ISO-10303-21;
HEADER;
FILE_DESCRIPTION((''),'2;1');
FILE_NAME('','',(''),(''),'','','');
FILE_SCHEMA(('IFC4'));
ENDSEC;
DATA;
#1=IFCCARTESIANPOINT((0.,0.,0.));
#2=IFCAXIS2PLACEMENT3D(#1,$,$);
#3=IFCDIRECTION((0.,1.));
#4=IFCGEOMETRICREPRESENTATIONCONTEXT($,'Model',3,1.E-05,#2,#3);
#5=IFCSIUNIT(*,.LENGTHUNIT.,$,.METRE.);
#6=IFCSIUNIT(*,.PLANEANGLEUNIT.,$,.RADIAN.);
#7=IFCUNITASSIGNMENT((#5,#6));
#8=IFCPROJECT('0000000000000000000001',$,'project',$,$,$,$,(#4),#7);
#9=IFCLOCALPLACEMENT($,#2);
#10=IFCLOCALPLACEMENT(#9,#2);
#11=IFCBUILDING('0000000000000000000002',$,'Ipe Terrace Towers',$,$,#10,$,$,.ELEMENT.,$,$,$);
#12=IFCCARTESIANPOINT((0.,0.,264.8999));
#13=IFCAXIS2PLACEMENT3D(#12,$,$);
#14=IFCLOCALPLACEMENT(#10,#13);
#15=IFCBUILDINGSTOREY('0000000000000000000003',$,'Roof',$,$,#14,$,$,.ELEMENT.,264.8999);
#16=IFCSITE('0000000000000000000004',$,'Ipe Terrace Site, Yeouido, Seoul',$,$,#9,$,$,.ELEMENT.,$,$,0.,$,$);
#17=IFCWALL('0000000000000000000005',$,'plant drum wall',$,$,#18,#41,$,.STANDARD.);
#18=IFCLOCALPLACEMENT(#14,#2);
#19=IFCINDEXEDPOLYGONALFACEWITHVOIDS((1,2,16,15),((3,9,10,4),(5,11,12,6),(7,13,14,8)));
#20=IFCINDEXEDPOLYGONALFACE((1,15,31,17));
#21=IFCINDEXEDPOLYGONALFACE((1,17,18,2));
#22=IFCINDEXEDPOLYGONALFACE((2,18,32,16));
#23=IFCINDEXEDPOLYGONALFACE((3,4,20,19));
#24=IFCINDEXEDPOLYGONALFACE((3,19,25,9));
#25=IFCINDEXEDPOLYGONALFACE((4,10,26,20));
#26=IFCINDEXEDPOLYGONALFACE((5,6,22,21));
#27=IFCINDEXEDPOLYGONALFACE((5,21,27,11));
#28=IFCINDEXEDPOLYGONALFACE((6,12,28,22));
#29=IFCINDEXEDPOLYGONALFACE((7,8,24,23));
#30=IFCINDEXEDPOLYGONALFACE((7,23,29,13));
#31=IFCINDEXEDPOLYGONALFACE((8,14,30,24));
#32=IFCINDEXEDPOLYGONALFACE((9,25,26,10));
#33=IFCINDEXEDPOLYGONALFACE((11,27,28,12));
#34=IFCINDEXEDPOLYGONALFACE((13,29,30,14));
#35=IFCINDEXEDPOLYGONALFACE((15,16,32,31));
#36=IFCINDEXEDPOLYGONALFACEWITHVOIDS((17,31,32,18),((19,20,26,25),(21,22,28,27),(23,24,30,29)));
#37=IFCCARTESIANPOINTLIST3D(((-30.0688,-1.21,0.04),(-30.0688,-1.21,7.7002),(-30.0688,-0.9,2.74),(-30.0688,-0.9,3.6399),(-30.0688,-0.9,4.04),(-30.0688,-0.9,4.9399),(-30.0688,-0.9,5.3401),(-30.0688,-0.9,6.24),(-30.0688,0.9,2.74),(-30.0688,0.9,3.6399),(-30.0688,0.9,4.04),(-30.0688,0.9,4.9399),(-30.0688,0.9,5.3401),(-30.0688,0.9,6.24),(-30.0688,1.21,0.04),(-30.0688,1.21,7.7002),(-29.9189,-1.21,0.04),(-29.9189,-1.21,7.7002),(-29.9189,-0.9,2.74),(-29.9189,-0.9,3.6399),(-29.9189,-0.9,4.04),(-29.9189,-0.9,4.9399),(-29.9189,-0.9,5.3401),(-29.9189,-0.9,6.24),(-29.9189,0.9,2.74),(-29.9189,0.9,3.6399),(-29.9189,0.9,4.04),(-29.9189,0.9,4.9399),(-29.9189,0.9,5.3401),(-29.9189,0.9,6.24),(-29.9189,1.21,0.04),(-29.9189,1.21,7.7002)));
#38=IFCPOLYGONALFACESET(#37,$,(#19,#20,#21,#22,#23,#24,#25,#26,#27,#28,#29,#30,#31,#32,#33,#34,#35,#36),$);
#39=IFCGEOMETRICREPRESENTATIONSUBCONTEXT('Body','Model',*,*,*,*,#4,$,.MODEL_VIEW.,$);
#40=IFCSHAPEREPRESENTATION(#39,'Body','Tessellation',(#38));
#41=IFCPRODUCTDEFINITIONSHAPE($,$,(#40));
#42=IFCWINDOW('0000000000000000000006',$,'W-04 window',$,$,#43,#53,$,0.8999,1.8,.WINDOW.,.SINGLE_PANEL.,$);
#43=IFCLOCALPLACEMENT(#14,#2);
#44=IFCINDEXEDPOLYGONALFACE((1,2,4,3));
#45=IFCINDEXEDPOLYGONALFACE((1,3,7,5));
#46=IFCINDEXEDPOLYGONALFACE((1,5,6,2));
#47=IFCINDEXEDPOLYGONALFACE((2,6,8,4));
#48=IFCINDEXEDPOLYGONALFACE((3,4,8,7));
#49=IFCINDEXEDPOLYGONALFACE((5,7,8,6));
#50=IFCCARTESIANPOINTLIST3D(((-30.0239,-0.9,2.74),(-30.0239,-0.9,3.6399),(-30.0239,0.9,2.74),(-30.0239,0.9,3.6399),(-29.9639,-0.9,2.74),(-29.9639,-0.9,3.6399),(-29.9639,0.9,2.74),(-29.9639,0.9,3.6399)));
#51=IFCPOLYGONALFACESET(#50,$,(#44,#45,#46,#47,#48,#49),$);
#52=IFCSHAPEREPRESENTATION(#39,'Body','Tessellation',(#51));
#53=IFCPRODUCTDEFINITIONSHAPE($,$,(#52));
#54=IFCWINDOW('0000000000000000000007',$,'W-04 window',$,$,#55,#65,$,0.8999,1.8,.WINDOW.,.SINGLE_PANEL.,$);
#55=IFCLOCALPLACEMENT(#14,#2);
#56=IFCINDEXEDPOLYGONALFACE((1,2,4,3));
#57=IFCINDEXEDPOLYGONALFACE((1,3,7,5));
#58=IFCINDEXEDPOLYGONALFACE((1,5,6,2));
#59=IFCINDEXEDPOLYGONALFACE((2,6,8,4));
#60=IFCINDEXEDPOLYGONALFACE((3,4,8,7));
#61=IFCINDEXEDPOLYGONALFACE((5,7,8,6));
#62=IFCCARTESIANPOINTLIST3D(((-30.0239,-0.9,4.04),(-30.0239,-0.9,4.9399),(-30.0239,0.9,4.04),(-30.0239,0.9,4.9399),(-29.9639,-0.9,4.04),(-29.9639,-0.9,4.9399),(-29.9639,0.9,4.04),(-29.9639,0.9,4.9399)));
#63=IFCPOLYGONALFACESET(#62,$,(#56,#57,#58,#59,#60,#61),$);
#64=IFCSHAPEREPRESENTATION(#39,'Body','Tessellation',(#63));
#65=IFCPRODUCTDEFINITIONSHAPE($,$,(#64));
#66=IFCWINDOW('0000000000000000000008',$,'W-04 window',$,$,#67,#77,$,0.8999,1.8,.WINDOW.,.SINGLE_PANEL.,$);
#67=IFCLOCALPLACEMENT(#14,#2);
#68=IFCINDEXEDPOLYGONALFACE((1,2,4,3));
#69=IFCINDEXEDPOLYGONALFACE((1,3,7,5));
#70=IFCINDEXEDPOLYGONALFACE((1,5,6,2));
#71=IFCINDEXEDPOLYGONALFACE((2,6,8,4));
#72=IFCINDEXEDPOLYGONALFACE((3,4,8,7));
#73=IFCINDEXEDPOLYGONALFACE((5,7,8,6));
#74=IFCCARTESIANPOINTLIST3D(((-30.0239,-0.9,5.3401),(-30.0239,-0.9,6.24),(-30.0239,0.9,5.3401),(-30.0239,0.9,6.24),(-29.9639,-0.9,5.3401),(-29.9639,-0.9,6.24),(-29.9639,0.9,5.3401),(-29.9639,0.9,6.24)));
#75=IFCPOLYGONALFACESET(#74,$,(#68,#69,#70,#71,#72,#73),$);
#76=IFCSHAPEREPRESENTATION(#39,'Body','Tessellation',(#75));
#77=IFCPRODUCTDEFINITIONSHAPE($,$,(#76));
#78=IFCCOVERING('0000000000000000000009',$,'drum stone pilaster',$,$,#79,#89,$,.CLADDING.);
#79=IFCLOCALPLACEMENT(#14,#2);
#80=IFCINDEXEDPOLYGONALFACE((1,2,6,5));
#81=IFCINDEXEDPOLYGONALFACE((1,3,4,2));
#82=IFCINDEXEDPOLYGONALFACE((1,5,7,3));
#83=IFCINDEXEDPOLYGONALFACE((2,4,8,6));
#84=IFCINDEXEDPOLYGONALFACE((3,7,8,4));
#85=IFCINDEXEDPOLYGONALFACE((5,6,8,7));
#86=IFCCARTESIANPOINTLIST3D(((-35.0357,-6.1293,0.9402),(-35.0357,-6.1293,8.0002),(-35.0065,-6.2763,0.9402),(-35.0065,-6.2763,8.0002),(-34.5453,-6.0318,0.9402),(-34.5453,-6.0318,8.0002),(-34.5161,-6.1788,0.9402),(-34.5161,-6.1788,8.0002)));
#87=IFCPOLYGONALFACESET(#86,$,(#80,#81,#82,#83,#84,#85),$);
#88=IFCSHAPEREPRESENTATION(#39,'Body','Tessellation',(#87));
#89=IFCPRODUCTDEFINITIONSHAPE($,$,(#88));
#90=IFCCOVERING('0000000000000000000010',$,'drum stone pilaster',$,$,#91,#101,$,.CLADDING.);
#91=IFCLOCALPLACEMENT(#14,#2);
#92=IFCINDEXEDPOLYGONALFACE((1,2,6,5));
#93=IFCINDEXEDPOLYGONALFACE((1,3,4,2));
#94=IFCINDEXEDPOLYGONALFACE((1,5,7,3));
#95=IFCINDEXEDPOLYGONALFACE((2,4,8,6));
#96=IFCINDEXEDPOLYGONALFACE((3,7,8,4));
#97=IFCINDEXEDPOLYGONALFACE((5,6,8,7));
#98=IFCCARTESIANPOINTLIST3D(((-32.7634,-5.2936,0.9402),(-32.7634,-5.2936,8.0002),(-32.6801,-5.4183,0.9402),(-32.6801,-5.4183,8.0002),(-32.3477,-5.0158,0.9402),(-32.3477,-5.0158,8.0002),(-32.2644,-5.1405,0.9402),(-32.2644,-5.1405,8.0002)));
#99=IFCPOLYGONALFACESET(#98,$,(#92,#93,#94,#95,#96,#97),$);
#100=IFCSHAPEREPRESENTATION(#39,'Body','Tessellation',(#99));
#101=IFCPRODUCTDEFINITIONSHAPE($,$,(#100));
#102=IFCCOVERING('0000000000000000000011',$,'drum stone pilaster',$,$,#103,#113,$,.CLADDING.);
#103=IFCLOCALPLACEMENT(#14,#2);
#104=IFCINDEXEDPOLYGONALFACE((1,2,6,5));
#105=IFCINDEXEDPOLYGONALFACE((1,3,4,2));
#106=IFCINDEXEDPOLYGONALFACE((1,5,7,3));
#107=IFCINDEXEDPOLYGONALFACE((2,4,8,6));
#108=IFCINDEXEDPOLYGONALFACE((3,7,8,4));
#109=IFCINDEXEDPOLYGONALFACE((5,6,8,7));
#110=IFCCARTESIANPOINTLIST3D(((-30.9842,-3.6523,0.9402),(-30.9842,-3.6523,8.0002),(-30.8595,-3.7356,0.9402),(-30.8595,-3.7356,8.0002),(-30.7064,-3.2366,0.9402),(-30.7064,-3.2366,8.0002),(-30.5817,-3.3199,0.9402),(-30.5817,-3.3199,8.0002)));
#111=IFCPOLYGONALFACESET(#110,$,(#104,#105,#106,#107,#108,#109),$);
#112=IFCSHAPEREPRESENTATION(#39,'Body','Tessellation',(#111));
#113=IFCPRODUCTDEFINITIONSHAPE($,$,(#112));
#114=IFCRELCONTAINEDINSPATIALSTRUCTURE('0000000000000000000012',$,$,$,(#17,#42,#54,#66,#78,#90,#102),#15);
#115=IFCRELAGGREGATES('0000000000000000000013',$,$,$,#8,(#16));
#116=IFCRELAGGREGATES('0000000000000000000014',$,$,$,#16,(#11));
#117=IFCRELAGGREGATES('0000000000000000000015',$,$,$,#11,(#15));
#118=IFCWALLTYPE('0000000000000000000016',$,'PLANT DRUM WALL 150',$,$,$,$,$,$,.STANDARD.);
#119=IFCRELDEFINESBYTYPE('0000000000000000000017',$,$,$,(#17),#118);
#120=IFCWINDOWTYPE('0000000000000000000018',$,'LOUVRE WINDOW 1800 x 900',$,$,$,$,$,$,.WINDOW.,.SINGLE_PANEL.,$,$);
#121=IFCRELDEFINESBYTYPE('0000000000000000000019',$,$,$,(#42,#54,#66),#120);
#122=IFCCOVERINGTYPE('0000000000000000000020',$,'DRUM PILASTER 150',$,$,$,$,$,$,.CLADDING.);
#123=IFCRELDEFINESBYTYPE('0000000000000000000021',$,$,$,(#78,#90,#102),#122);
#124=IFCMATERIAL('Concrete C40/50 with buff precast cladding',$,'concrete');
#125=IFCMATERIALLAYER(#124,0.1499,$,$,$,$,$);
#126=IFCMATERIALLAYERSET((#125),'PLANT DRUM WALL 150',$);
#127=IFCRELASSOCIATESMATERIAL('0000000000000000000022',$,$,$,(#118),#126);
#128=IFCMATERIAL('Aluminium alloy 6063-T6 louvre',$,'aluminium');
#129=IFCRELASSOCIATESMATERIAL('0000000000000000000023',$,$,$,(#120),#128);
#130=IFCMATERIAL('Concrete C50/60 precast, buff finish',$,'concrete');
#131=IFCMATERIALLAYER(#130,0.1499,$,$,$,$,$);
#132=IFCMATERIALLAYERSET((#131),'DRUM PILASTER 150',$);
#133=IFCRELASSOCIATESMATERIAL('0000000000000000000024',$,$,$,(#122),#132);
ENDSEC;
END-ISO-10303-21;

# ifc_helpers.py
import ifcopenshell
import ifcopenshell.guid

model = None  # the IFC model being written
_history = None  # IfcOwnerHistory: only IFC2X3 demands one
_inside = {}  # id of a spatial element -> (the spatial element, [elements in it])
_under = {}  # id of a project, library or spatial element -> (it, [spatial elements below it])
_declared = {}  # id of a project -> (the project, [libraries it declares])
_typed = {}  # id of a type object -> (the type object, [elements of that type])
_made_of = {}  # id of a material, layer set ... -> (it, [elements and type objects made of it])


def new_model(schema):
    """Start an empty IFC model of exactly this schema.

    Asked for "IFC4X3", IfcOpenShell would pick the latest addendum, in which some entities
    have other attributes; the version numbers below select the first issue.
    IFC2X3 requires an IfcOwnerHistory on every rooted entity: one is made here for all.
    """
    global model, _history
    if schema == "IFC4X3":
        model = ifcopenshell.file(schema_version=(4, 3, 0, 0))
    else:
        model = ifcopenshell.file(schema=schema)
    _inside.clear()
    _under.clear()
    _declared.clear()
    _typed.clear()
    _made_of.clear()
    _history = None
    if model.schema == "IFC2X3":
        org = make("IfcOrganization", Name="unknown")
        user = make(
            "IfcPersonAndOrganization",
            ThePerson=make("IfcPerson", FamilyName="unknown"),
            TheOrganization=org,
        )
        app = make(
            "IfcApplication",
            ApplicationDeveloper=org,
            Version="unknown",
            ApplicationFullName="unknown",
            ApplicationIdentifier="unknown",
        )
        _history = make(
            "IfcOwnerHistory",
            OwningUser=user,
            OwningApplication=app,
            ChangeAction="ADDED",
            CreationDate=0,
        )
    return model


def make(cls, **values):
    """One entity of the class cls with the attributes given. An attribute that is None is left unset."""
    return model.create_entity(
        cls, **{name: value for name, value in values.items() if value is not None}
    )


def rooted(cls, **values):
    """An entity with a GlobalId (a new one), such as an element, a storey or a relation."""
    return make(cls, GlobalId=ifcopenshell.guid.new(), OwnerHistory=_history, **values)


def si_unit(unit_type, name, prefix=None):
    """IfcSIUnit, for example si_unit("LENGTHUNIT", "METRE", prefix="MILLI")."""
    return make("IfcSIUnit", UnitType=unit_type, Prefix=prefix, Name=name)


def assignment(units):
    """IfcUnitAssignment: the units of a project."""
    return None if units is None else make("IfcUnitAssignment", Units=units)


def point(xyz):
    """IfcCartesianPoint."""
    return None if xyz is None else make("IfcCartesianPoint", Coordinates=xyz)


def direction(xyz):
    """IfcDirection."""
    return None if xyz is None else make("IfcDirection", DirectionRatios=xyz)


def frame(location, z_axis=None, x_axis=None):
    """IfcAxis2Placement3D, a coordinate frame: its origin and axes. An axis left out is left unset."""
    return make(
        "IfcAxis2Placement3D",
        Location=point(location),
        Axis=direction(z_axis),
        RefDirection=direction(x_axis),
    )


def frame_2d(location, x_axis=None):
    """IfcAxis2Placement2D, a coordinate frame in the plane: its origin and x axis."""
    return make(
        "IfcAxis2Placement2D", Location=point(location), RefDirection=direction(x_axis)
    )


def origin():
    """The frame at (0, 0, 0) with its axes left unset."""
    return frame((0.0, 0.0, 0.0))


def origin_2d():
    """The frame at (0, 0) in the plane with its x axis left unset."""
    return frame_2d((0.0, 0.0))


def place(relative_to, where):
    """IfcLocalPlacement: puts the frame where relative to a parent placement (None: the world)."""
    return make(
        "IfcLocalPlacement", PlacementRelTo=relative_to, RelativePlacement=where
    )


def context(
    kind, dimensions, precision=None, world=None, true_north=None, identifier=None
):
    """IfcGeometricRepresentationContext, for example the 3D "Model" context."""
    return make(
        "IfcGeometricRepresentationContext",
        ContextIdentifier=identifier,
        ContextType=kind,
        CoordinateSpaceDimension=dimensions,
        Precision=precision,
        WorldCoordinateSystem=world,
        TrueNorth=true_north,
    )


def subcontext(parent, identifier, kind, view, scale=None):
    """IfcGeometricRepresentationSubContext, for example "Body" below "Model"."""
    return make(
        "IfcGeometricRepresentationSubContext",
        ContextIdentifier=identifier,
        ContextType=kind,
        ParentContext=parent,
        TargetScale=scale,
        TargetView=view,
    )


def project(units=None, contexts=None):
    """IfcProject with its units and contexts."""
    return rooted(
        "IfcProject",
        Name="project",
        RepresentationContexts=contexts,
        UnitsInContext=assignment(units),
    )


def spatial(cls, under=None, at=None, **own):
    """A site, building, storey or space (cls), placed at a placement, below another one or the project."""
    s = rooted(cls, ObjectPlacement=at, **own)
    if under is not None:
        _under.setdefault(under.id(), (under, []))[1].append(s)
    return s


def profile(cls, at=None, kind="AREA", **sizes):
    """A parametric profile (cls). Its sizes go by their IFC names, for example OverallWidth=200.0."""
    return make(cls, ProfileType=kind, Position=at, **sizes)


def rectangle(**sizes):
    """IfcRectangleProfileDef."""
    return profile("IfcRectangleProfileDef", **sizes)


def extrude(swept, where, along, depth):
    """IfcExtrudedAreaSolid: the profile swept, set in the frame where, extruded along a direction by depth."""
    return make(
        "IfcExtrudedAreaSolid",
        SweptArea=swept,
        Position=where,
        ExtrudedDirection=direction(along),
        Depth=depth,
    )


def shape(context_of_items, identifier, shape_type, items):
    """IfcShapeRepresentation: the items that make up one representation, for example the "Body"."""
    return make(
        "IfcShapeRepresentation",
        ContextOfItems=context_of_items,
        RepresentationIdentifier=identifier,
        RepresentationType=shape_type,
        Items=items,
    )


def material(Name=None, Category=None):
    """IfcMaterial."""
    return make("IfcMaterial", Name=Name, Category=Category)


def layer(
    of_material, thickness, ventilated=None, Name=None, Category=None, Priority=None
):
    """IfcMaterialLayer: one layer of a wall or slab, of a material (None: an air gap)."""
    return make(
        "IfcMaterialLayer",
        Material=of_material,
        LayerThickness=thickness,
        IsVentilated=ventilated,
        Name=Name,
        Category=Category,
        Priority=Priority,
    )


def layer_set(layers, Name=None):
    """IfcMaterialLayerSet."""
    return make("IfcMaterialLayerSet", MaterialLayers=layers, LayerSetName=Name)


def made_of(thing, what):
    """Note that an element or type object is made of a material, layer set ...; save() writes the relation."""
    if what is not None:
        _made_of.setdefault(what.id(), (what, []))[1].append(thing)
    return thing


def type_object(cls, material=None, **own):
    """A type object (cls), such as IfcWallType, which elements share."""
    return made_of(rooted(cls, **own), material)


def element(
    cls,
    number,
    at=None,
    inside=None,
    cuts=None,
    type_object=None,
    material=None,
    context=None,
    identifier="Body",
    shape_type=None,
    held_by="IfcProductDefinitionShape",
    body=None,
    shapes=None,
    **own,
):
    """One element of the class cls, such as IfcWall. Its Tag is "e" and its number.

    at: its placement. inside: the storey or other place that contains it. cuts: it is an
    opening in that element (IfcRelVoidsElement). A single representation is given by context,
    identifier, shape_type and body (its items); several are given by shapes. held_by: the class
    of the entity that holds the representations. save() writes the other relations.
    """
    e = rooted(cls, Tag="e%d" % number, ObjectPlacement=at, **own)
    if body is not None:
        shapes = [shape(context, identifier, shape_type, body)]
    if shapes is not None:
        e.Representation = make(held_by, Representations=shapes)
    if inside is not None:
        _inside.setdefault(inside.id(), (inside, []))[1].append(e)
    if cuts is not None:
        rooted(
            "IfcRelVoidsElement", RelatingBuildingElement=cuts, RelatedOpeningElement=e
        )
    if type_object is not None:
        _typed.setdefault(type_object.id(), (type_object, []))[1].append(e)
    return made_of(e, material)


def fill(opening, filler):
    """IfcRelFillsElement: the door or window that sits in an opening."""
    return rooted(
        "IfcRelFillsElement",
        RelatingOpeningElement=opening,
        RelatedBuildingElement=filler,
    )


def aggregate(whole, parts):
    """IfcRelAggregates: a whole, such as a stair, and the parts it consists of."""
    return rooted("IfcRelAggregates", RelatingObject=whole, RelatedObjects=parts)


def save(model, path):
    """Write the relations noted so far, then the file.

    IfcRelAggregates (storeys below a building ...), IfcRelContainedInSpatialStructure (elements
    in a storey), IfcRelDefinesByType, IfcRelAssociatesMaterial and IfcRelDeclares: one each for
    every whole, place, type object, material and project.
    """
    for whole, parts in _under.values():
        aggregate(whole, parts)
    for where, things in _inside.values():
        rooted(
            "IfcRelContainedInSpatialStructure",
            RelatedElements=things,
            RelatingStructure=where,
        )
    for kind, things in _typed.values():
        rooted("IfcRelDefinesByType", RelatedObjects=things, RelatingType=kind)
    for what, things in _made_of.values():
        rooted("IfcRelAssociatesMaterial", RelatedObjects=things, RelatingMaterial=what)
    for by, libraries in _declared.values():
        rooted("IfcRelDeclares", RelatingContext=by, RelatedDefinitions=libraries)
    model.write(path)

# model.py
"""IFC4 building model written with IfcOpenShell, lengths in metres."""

from ifc_helpers import new_model, si_unit, direction, frame, frame_2d, origin, origin_2d, place, context, subcontext, project, spatial, rectangle, extrude, material, layer, layer_set, type_object, element, fill, save


model = new_model("IFC4")

# Units and contexts
model_context = context("Model", 3, precision=1e-05, world=origin(), true_north=direction((0.0, 1.0)))
body_context = subcontext(model_context, "Body", "Model", "MODEL_VIEW")
ifc_project = project(units=[si_unit("LENGTHUNIT", "METRE"), si_unit("PLANEANGLEUNIT", "RADIAN")], contexts=[model_context])

# Site, building, storey
site_placement = place(None, origin())
site = spatial("IfcSite", under=ifc_project, at=site_placement, Name="Ipe Terrace Site, Yeouido, Seoul", CompositionType="ELEMENT", RefElevation=0.0)
building_placement = place(site_placement, origin())
building = spatial("IfcBuilding", under=site, at=building_placement, Name="Ipe Terrace Towers", CompositionType="ELEMENT")
storey_placement = place(building_placement, frame((0.0, 0.0, 264.8999)))
storey = spatial("IfcBuildingStorey", under=building, at=storey_placement, Name="Roof", CompositionType="ELEMENT", Elevation=264.8999)

# Wall, openings, windows
ifc_material_1 = material(Name="Concrete C40/50 with buff precast cladding", Category="concrete")
ifc_layer_1 = layer(ifc_material_1, 0.1499)
ifc_layer_set_1 = layer_set([ifc_layer_1], Name="PLANT DRUM WALL 150")
wall_type = type_object("IfcWallType", Name="PLANT DRUM WALL 150", PredefinedType="STANDARD", material=ifc_layer_set_1)
ifc_material_2 = material(Name="Aluminium alloy 6063-T6 louvre", Category="aluminium")
window_type = type_object("IfcWindowType", Name="LOUVRE WINDOW 1800 x 900", PartitioningType="SINGLE_PANEL", PredefinedType="WINDOW", material=ifc_material_2)
wall_1_placement = place(storey_placement, frame((-29.9939, -1.21, 0.04), z_axis=(0.0, 0.0, 1.0), x_axis=(0.0, 1.0, 0.0)))
wall_1 = element("IfcWall", 1, at=wall_1_placement, inside=storey, type_object=wall_type, Name="plant drum wall", PredefinedType="STANDARD", context=body_context, shape_type="SweptSolid", body=[
    extrude(rectangle(XDim=2.4199, YDim=0.1499, at=frame_2d((1.21, 0.0))), origin(), (0.0, 0.0, 1.0), 7.6602),
])
opening_1_placement = place(wall_1_placement, frame((0.3101, 0.0, 2.7)))
opening_1 = element("IfcOpeningElement", 2, at=opening_1_placement, cuts=wall_1, PredefinedType="OPENING", context=body_context, shape_type="SweptSolid", body=[
    extrude(rectangle(XDim=1.8, YDim=0.8999, at=frame_2d((0.8999, 0.45))), frame((0.0, 0.085, 0.0), z_axis=(0.0, -1.0, 0.0), x_axis=(1.0, 0.0, 0.0)), (0.0, 0.0, 1.0), 0.1699),
])
opening_2_placement = place(wall_1_placement, frame((0.3101, 0.0, 4.0)))
opening_2 = element("IfcOpeningElement", 3, at=opening_2_placement, cuts=wall_1, PredefinedType="OPENING", context=body_context, shape_type="SweptSolid", body=[
    extrude(rectangle(XDim=1.8, YDim=0.8999, at=frame_2d((0.8999, 0.45))), frame((0.0, 0.085, 0.0), z_axis=(0.0, -1.0, 0.0), x_axis=(1.0, 0.0, 0.0)), (0.0, 0.0, 1.0), 0.1699),
])
opening_3_placement = place(wall_1_placement, frame((0.3101, 0.0, 5.3)))
opening_3 = element("IfcOpeningElement", 4, at=opening_3_placement, cuts=wall_1, PredefinedType="OPENING", context=body_context, shape_type="SweptSolid", body=[
    extrude(rectangle(XDim=1.8, YDim=0.8999, at=frame_2d((0.8999, 0.45))), frame((0.0, 0.085, 0.0), z_axis=(0.0, -1.0, 0.0), x_axis=(1.0, 0.0, 0.0)), (0.0, 0.0, 1.0), 0.1699),
])
window_1_placement = place(opening_1_placement, origin())
window_1 = element("IfcWindow", 5, at=window_1_placement, inside=storey, type_object=window_type, Name="W-04 window", OverallHeight=0.8999, OverallWidth=1.8, PartitioningType="SINGLE_PANEL", PredefinedType="WINDOW", context=body_context, shape_type="SweptSolid", body=[
    extrude(rectangle(XDim=1.8, YDim=0.8999, at=frame_2d((0.8999, 0.45))), frame((0.0, 0.03, 0.0), z_axis=(0.0, -1.0, 0.0), x_axis=(1.0, 0.0, 0.0)), (0.0, 0.0, 1.0), 0.0601),
])
fill(opening_1, window_1)
window_2_placement = place(opening_2_placement, origin())
window_2 = element("IfcWindow", 6, at=window_2_placement, inside=storey, type_object=window_type, Name="W-04 window", OverallHeight=0.8999, OverallWidth=1.8, PartitioningType="SINGLE_PANEL", PredefinedType="WINDOW", context=body_context, shape_type="SweptSolid", body=[
    extrude(rectangle(XDim=1.8, YDim=0.8999, at=frame_2d((0.8999, 0.45))), frame((0.0, 0.03, 0.0), z_axis=(0.0, -1.0, 0.0), x_axis=(1.0, 0.0, 0.0)), (0.0, 0.0, 1.0), 0.0601),
])
fill(opening_2, window_2)
window_3_placement = place(opening_3_placement, origin())
window_3 = element("IfcWindow", 7, at=window_3_placement, inside=storey, type_object=window_type, Name="W-04 window", OverallHeight=0.8999, OverallWidth=1.8, PartitioningType="SINGLE_PANEL", PredefinedType="WINDOW", context=body_context, shape_type="SweptSolid", body=[
    extrude(rectangle(XDim=1.8, YDim=0.8999, at=frame_2d((0.8999, 0.45))), frame((0.0, 0.03, 0.0), z_axis=(0.0, -1.0, 0.0), x_axis=(1.0, 0.0, 0.0)), (0.0, 0.0, 1.0), 0.0601),
])
fill(opening_3, window_3)

# Coverings
ifc_material_3 = material(Name="Concrete C50/60 precast, buff finish", Category="concrete")
ifc_layer_2 = layer(ifc_material_3, 0.1499)
ifc_layer_set_2 = layer_set([ifc_layer_2], Name="DRUM PILASTER 150")
covering_type = type_object("IfcCoveringType", Name="DRUM PILASTER 150", PredefinedType="CLADDING", material=ifc_layer_set_2)
for number, where, z_axis, x_axis, name in (
    (8, (-34.7759, -6.1541, 0.9402), (0.0, 0.0, 1.0), (0.19509, -0.980785, 0.0), "drum stone pilaster"),
    (9, (-32.5139, -5.217, 0.9402), (0.0, 0.0, 1.0), (0.55557, -0.83147, 0.0), "drum stone pilaster"),
    (10, (-30.783, -3.4861, 0.9402), (0.0, 0.0, 1.0), (0.83147, -0.55557, 0.0), "drum stone pilaster"),
):
    element("IfcCovering", number, at=place(storey_placement, frame(where, z_axis=z_axis, x_axis=x_axis)), inside=storey, type_object=covering_type, Name=name, PredefinedType="CLADDING", context=body_context, shape_type="SweptSolid", body=[
        extrude(rectangle(XDim=0.1499, YDim=0.5, at=origin_2d()), origin(), (0.0, 0.0, 1.0), 7.0601),
    ])

save(model, "model.ifc")
